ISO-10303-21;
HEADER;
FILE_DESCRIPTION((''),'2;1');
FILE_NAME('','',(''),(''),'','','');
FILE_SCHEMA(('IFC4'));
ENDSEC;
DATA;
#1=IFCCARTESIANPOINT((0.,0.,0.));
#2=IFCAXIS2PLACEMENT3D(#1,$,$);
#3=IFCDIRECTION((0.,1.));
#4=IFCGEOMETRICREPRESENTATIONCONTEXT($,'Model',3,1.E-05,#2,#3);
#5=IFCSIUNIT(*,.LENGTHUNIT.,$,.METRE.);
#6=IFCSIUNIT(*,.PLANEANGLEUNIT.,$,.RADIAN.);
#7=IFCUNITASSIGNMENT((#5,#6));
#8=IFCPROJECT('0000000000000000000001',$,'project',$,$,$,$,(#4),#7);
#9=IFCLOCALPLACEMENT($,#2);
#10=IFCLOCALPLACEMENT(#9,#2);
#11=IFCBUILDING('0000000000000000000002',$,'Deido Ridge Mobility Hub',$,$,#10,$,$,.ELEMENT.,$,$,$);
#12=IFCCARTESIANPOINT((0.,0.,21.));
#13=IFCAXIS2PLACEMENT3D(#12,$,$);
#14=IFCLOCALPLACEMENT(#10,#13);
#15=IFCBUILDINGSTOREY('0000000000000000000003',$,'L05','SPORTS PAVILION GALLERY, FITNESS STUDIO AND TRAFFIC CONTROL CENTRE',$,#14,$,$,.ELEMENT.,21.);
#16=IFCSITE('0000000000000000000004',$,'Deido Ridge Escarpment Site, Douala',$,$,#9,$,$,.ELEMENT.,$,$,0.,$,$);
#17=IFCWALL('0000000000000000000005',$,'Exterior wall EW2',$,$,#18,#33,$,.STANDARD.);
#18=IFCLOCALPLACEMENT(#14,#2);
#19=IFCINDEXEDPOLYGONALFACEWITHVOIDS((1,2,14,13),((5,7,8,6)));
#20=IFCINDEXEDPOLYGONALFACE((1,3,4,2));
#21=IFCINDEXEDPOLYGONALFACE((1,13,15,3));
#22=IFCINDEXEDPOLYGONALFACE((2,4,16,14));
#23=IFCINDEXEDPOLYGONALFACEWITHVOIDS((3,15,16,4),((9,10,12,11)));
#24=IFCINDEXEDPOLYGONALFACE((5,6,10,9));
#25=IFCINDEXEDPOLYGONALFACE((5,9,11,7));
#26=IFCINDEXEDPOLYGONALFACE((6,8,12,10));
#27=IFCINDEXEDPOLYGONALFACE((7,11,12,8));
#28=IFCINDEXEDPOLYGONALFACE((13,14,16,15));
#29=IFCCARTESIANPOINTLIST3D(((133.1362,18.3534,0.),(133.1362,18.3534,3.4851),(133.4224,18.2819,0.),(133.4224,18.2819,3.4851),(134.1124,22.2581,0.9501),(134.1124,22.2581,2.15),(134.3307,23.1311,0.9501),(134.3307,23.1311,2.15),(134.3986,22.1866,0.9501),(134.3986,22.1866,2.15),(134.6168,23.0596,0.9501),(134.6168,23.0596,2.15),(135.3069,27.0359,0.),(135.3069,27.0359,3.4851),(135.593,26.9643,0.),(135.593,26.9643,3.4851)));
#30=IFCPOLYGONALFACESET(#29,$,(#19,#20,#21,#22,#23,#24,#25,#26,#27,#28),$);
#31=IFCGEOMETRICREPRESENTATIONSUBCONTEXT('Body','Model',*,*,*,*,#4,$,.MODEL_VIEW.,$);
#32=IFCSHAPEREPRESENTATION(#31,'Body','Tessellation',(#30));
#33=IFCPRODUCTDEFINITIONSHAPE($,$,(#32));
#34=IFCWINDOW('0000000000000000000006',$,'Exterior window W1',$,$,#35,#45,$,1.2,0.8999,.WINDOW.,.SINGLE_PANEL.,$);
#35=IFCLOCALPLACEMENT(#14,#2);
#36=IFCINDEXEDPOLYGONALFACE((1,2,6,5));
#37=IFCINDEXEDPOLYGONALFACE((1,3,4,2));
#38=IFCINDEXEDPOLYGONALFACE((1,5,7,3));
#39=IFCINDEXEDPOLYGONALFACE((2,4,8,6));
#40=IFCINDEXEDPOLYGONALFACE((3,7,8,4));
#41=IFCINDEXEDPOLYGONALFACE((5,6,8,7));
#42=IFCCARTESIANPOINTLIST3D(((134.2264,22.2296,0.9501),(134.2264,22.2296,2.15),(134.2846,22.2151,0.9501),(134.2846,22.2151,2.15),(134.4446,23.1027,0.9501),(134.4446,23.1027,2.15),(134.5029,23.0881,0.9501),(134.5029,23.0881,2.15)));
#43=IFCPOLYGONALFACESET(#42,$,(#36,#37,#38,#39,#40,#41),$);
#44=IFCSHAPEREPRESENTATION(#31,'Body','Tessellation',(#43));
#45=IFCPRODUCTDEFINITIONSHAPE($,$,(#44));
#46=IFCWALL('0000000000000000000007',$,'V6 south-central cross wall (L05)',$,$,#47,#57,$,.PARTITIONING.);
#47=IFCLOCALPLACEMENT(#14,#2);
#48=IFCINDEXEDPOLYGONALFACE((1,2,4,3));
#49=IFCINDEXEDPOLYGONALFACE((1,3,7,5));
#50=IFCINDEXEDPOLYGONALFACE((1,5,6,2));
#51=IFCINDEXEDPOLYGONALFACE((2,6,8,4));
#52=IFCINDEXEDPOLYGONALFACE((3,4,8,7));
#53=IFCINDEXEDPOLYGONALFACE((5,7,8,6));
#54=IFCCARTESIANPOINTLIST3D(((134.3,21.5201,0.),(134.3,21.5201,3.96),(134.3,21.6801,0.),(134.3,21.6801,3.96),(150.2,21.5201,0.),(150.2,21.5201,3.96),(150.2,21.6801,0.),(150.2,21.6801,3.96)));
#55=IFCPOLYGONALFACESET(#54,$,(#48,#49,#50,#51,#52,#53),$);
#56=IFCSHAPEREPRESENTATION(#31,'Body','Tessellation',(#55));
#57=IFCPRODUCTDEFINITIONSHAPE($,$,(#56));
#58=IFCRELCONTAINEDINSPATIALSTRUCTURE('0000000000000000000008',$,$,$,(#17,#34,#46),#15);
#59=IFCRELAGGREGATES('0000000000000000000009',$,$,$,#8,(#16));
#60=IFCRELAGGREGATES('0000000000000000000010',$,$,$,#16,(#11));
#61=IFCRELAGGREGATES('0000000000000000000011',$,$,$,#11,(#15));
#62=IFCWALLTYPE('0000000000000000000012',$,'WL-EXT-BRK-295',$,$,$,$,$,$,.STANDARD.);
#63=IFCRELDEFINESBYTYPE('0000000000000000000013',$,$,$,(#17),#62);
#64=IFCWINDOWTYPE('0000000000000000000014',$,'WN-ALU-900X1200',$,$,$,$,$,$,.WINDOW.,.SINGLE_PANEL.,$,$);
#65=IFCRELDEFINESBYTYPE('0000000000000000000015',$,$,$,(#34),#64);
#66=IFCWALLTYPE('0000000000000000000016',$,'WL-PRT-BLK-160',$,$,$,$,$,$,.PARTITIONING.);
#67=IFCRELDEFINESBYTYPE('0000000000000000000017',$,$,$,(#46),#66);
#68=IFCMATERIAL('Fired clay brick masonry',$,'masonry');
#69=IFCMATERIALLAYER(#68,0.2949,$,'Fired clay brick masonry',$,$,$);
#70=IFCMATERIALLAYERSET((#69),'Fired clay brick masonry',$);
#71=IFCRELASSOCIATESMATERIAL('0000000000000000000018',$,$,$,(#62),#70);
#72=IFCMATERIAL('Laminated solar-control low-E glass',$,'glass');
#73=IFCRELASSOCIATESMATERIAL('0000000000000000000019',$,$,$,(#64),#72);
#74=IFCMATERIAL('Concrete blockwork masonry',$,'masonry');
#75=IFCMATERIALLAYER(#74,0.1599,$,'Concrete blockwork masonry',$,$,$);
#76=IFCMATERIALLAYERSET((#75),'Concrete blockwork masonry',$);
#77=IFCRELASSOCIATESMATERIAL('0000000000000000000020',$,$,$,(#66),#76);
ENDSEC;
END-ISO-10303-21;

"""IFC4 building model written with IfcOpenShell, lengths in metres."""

from ifc_helpers import new_model, si_unit, direction, frame, frame_2d, origin, place, context, subcontext, project, spatial, rectangle, extrude, material, layer, layer_set, type_object, element, fill, save


model = new_model("IFC4")

# Units and contexts
model_context = context("Model", 3, precision=1e-05, world=origin(), true_north=direction((0.0, 1.0)))
body_context = subcontext(model_context, "Body", "Model", "MODEL_VIEW")
ifc_project = project(units=[si_unit("LENGTHUNIT", "METRE"), si_unit("PLANEANGLEUNIT", "RADIAN")], contexts=[model_context])

# Site, building, storey
site_placement = place(None, origin())
site = spatial("IfcSite", under=ifc_project, at=site_placement, Name="Deido Ridge Escarpment Site, Douala", CompositionType="ELEMENT", RefElevation=0.0)
building_placement = place(site_placement, origin())
building = spatial("IfcBuilding", under=site, at=building_placement, Name="Deido Ridge Mobility Hub", CompositionType="ELEMENT")
storey_placement = place(building_placement, frame((0.0, 0.0, 21.0)))
storey = spatial("IfcBuildingStorey", under=building, at=storey_placement, Name="L05", Description="SPORTS PAVILION GALLERY, FITNESS STUDIO AND TRAFFIC CONTROL CENTRE", CompositionType="ELEMENT", Elevation=21.0)

# Shared definitions
ifc_material_1 = material(Name="Laminated solar-control low-E glass", Category="glass")

# Wall, opening, window
ifc_material_2 = material(Name="Fired clay brick masonry", Category="masonry")
ifc_layer_1 = layer(ifc_material_2, 0.2949, Name="Fired clay brick masonry")
ifc_layer_set_1 = layer_set([ifc_layer_1], Name="Fired clay brick masonry")
wall_type_1 = type_object("IfcWallType", Name="WL-EXT-BRK-295", PredefinedType="STANDARD", material=ifc_layer_set_1)
wall_1_placement = place(storey_placement, frame((133.2793, 18.3176, 0.0), z_axis=(0.0, 0.0, 1.0), x_axis=(0.242542, 0.970141, 0.0)))
wall_1 = element("IfcWall", 1, at=wall_1_placement, inside=storey, type_object=wall_type_1, Name="Exterior wall EW2", PredefinedType="STANDARD", context=body_context, shape_type="SweptSolid", body=[
    extrude(rectangle(XDim=8.9497, YDim=0.2949, at=frame_2d((4.4749, 0.0))), origin(), (0.0, 0.0, 1.0), 3.4851),
])
opening_1_placement = place(wall_1_placement, frame((4.0249, 0.0, 0.95)))
opening_1 = element("IfcOpeningElement", 2, at=opening_1_placement, cuts=wall_1, PredefinedType="OPENING", context=body_context, shape_type="SweptSolid", body=[
    extrude(rectangle(XDim=0.8999, YDim=1.2, at=frame_2d((0.45, 0.6001))), frame((0.0, 0.1575, 0.0), z_axis=(0.0, -1.0, 0.0), x_axis=(1.0, 0.0, 0.0)), (0.0, 0.0, 1.0), 0.3149),
])
window_type = type_object("IfcWindowType", Name="WN-ALU-900X1200", PartitioningType="SINGLE_PANEL", PredefinedType="WINDOW", material=ifc_material_1)
window_placement = place(opening_1_placement, origin())
window = element("IfcWindow", 3, at=window_placement, inside=storey, type_object=window_type, Name="Exterior window W1", OverallHeight=1.2, OverallWidth=0.8999, PartitioningType="SINGLE_PANEL", PredefinedType="WINDOW", context=body_context, shape_type="SweptSolid", body=[
    extrude(rectangle(XDim=0.8999, YDim=1.2, at=frame_2d((0.45, 0.6001))), frame((0.0, 0.03, 0.0), z_axis=(0.0, -1.0, 0.0), x_axis=(1.0, 0.0, 0.0)), (0.0, 0.0, 1.0), 0.0601),
])
fill(opening_1, window)

# Wall
ifc_material_3 = material(Name="Concrete blockwork masonry", Category="masonry")
ifc_layer_2 = layer(ifc_material_3, 0.1599, Name="Concrete blockwork masonry")
ifc_layer_set_2 = layer_set([ifc_layer_2], Name="Concrete blockwork masonry")
wall_type_2 = type_object("IfcWallType", Name="WL-PRT-BLK-160", PredefinedType="PARTITIONING", material=ifc_layer_set_2)
wall_2_placement = place(storey_placement, frame((134.3, 21.6001, 0.0), z_axis=(0.0, 0.0, 1.0), x_axis=(1.0, 0.0, 0.0)))
element("IfcWall", 4, at=wall_2_placement, inside=storey, type_object=wall_type_2, Name="V6 south-central cross wall (L05)", PredefinedType="PARTITIONING", context=body_context, shape_type="SweptSolid", body=[
    extrude(rectangle(XDim=15.8999, YDim=0.1599, at=frame_2d((7.95, 0.0))), origin(), (0.0, 0.0, 1.0), 3.96),
])

save(model, "model.ifc")
